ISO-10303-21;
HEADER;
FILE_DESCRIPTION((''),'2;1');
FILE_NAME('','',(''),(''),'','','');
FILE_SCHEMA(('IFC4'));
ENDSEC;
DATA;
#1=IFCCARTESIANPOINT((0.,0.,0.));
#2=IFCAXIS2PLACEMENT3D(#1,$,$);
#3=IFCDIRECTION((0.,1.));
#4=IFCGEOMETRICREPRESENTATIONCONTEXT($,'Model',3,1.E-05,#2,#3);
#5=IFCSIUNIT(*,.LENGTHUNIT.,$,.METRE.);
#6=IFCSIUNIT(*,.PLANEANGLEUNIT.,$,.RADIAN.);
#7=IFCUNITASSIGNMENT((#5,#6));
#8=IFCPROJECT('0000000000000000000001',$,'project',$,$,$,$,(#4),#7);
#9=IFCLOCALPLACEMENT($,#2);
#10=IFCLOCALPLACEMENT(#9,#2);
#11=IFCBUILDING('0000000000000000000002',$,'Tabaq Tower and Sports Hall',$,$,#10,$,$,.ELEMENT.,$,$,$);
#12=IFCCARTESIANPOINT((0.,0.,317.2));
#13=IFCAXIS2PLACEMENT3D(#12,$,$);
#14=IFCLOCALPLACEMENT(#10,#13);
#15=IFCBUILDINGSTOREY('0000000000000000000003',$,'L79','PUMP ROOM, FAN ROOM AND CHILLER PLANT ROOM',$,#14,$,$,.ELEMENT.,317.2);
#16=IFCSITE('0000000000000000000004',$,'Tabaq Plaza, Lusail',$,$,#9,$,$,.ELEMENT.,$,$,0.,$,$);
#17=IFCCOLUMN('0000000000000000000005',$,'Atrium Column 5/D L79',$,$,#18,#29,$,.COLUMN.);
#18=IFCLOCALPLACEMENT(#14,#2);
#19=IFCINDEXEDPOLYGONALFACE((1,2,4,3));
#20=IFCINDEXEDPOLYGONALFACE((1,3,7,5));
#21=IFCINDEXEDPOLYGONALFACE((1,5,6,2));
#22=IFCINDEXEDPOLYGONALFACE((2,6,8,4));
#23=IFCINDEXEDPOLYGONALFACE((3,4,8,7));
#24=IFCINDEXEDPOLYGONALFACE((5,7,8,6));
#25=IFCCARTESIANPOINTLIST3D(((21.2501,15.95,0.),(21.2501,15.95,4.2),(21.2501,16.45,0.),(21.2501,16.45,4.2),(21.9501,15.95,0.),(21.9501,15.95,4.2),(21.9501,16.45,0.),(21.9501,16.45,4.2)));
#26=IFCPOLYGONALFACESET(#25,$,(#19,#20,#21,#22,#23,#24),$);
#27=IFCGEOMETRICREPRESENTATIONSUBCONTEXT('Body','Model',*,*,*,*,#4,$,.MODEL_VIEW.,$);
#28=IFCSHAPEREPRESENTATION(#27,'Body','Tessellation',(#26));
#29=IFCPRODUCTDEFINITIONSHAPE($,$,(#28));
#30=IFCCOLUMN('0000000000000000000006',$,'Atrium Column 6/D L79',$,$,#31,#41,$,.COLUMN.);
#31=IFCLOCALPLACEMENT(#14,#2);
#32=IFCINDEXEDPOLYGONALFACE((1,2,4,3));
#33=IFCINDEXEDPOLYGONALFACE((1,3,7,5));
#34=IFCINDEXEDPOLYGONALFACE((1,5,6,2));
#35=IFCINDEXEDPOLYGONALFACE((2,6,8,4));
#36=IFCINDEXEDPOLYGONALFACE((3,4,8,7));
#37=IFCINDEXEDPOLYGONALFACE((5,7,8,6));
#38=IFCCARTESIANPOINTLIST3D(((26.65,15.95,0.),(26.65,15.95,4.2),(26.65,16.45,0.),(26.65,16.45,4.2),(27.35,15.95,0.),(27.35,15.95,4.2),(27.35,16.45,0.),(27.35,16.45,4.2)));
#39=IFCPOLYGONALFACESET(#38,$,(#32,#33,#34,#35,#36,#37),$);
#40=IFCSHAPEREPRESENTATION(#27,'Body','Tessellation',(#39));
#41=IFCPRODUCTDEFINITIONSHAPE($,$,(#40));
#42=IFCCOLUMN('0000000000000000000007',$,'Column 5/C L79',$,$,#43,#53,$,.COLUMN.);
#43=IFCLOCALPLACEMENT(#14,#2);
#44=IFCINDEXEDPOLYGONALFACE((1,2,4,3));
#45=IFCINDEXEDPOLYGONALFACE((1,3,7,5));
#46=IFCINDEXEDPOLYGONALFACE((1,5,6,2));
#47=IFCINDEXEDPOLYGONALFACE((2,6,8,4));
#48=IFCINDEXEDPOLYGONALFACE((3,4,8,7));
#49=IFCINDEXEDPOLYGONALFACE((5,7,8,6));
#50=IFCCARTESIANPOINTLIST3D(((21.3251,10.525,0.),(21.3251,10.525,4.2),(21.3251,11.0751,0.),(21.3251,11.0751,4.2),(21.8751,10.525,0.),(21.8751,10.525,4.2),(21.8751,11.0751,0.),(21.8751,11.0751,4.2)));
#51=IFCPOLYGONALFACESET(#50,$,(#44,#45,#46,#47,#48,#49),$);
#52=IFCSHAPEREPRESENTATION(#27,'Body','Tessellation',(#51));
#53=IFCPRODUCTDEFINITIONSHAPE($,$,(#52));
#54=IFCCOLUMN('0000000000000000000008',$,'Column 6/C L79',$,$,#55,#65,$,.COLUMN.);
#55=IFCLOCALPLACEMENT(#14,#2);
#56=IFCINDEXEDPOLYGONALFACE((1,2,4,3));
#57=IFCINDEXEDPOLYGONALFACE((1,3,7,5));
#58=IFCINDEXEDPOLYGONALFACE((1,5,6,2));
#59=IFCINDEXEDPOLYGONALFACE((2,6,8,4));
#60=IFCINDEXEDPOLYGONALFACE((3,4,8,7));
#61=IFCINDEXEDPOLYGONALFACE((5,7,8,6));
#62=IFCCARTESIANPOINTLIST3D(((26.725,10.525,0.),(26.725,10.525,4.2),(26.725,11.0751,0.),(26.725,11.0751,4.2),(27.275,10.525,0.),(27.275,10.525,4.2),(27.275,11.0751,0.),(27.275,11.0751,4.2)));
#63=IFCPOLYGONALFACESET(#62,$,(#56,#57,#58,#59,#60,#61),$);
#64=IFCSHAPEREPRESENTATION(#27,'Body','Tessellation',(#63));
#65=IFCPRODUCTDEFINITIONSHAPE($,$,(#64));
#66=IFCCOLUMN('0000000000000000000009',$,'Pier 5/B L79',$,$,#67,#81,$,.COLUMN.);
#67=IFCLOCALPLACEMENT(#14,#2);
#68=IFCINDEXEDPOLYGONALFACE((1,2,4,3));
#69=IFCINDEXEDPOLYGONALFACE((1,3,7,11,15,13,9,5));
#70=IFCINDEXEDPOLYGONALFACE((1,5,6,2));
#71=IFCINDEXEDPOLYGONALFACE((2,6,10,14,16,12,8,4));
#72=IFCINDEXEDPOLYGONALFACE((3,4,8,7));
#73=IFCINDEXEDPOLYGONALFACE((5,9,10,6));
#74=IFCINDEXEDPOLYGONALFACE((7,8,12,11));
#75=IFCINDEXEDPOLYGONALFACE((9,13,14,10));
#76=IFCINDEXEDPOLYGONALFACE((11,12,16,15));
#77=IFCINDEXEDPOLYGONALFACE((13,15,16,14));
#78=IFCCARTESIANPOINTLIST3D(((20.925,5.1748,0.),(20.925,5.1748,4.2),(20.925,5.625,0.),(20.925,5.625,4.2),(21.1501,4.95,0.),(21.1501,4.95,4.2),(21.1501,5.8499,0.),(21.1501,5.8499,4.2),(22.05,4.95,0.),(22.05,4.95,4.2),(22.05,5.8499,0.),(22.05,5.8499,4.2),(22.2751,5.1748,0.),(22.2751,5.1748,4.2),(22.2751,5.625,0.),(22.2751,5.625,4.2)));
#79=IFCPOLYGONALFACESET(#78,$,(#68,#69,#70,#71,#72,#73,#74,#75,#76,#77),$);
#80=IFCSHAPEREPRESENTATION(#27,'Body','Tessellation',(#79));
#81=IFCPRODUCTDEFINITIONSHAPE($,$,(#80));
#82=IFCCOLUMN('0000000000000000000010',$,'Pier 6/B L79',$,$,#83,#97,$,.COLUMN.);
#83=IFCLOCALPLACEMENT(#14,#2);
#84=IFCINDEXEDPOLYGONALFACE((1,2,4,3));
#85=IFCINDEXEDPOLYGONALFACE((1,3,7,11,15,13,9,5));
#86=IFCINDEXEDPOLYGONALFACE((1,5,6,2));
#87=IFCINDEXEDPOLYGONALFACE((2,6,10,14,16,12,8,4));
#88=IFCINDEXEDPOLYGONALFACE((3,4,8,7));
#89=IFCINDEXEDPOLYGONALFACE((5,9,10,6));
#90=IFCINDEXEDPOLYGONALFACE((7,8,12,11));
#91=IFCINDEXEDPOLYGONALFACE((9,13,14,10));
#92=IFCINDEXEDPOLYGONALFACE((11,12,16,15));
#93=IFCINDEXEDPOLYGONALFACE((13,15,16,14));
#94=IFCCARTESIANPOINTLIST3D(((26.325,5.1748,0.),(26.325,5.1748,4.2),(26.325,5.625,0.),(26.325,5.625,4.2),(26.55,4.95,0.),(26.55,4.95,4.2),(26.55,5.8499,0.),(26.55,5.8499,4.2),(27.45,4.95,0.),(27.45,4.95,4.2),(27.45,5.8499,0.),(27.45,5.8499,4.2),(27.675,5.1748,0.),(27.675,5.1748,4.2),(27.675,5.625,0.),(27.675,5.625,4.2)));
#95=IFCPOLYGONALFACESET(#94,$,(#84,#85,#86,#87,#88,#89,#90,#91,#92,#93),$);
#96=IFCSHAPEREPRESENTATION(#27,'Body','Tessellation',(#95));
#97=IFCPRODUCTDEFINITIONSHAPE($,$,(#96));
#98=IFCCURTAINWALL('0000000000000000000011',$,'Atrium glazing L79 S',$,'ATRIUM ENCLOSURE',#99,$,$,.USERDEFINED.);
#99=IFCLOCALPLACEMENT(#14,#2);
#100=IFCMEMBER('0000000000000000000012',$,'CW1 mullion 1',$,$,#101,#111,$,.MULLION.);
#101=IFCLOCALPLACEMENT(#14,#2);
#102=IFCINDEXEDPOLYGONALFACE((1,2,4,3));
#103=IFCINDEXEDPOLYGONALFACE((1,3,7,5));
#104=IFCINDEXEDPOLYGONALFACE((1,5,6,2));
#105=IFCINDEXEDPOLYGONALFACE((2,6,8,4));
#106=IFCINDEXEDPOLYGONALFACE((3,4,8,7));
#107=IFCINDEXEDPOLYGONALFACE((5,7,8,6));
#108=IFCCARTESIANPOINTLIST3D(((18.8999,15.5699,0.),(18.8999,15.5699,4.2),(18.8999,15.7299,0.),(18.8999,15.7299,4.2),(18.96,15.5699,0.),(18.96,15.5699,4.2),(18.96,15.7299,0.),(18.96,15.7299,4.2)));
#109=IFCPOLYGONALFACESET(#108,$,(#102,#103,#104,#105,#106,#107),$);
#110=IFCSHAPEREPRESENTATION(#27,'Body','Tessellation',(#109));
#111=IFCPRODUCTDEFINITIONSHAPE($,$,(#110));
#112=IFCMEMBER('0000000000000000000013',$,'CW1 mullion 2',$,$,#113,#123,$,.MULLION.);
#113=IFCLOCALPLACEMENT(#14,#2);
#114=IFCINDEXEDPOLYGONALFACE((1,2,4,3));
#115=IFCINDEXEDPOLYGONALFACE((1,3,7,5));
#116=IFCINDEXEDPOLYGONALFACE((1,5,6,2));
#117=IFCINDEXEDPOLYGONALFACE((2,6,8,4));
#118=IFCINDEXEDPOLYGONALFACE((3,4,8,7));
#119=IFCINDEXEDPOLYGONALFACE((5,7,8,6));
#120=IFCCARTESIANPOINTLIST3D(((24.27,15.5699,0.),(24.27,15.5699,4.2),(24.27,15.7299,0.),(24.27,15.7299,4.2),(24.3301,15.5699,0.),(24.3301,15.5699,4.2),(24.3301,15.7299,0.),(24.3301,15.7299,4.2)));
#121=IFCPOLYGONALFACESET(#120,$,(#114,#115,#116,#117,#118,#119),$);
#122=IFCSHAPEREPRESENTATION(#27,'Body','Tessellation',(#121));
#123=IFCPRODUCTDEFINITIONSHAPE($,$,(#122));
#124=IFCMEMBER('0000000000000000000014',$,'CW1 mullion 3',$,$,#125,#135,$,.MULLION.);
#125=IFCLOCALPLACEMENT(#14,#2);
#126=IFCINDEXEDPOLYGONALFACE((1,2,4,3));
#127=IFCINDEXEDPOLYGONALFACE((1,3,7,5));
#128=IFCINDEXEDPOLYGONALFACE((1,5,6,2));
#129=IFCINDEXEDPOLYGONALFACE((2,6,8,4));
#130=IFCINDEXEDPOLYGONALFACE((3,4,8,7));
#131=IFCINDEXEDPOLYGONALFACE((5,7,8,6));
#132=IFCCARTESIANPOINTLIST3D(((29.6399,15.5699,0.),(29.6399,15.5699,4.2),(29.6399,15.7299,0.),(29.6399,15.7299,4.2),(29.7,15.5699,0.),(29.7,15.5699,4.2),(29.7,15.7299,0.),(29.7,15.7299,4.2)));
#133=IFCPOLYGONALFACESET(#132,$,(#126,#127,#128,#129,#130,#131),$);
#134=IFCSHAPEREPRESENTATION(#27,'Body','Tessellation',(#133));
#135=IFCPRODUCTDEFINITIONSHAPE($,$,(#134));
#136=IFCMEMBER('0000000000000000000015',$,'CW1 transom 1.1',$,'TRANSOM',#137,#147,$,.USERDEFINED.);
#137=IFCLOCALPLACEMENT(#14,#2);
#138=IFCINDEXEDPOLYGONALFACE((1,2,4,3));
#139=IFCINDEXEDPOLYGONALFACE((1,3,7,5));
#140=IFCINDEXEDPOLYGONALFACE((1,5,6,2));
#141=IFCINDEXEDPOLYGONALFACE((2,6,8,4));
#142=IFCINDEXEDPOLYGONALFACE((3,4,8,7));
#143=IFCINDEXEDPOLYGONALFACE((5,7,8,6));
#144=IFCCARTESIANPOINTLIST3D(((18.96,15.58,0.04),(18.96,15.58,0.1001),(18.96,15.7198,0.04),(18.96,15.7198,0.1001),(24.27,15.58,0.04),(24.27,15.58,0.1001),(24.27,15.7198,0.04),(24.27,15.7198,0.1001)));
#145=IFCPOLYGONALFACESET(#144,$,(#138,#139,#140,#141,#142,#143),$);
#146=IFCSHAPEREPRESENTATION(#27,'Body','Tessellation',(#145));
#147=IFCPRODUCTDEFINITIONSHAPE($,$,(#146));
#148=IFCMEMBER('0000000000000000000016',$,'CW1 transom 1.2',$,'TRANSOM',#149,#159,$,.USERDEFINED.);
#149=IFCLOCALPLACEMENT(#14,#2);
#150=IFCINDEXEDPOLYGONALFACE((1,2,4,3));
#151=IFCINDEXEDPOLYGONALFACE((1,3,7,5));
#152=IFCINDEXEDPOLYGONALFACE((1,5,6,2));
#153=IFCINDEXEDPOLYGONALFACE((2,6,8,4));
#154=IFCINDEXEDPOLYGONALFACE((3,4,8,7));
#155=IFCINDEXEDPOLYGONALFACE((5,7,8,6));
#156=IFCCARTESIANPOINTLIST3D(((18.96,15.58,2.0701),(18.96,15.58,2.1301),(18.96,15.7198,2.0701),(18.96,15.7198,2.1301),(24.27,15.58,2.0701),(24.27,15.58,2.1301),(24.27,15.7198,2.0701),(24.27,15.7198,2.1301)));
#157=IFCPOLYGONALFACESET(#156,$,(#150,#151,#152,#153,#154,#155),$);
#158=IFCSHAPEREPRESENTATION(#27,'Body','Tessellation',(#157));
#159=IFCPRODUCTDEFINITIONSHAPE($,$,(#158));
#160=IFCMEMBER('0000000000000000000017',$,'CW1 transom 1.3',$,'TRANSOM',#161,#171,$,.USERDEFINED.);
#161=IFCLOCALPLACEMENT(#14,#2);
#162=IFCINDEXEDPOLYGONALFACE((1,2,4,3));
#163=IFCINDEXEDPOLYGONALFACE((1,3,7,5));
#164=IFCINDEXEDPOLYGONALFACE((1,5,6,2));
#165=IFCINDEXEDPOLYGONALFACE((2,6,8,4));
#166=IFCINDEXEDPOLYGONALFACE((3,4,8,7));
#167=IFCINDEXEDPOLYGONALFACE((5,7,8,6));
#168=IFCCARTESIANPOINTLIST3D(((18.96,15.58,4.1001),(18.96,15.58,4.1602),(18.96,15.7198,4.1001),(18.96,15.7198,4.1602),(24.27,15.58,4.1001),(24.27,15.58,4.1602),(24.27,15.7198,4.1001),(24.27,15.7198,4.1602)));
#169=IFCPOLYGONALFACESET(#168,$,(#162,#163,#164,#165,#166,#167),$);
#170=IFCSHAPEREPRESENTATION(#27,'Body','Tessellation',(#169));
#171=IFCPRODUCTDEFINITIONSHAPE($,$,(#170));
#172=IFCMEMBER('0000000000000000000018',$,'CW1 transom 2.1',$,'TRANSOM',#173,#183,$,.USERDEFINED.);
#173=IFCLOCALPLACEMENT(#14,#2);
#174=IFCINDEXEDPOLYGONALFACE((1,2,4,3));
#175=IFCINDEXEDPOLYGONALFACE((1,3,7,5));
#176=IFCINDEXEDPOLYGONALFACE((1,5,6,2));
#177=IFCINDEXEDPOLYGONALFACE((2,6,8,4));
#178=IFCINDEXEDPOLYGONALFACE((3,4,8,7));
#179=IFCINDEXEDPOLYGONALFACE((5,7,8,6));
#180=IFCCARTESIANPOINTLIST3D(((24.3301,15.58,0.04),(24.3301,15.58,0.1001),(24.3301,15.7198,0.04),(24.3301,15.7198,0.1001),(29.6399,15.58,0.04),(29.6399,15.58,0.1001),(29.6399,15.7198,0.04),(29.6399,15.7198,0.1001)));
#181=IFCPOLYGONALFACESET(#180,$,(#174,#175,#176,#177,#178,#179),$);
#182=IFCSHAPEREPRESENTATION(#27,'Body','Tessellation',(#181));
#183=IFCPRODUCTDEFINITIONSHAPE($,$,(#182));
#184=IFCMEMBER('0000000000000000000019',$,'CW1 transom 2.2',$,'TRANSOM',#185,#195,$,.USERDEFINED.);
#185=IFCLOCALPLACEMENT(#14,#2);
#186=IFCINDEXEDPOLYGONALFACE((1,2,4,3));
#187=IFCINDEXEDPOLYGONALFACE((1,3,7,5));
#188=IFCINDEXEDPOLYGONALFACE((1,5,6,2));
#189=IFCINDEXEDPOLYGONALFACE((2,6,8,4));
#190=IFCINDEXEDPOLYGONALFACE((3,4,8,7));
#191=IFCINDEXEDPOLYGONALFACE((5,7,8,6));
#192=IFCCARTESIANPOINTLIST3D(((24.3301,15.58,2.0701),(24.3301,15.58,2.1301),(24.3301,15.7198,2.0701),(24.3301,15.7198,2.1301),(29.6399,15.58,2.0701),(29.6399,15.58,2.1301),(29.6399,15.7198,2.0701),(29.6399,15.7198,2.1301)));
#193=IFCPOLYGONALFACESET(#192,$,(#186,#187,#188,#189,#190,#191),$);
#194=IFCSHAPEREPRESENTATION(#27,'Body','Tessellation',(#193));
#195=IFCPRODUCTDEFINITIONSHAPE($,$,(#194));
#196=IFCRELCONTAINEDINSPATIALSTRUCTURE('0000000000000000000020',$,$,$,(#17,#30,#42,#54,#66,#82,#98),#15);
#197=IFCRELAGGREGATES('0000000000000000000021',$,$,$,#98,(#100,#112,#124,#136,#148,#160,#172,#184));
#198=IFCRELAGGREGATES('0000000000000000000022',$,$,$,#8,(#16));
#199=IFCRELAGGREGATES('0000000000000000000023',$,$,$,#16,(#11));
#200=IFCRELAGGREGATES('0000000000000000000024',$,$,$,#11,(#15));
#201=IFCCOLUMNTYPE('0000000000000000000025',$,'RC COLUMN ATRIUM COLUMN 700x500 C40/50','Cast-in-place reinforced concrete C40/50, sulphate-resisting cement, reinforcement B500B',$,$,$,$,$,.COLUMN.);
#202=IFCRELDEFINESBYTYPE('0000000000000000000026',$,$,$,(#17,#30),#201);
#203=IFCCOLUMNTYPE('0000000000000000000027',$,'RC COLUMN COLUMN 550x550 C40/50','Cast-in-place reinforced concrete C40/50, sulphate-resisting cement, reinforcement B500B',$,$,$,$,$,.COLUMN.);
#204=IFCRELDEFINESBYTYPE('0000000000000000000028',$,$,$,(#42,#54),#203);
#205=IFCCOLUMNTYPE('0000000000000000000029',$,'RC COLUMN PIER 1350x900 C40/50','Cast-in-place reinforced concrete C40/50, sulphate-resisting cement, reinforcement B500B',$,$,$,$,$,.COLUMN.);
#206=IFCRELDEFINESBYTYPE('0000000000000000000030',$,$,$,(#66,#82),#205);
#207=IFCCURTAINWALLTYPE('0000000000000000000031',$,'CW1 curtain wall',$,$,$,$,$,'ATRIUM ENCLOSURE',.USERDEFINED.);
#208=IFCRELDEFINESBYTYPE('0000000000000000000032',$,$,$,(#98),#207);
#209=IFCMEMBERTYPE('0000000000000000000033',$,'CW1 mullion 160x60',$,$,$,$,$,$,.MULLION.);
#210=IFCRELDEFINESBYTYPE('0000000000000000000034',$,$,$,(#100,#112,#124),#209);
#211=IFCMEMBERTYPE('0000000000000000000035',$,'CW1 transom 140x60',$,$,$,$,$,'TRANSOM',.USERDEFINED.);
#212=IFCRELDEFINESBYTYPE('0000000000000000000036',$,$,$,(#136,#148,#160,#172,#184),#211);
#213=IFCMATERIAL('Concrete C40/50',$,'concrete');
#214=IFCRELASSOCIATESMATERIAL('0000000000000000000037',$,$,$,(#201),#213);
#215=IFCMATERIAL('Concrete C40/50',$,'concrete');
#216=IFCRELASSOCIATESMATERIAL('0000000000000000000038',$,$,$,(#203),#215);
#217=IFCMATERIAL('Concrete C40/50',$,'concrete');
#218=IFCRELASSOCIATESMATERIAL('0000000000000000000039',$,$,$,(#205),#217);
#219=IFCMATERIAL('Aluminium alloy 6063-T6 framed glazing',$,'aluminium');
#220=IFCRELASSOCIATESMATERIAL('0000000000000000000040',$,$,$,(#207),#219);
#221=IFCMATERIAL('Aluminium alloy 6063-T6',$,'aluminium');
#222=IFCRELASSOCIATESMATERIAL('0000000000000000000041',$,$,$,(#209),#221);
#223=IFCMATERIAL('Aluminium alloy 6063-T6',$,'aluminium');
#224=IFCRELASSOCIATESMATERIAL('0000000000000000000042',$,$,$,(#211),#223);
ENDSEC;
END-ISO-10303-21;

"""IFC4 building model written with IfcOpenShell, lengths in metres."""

from ifc_helpers import new_model, si_unit, direction, frame, origin, origin_2d, place, context, subcontext, project, spatial, polyline, rectangle, outline, extrude, material, material_profile, profile_set, type_object, element, aggregate, save


model = new_model("IFC4")

# Units and contexts
model_context = context("Model", 3, precision=1e-05, world=origin(), true_north=direction((0.0, 1.0)))
body_context = subcontext(model_context, "Body", "Model", "MODEL_VIEW")
ifc_project = project(units=[si_unit("LENGTHUNIT", "METRE"), si_unit("PLANEANGLEUNIT", "RADIAN")], contexts=[model_context])

# Site, building, storey
site_placement = place(None, origin())
site = spatial("IfcSite", under=ifc_project, at=site_placement, Name="Tabaq Plaza, Lusail", CompositionType="ELEMENT", RefElevation=0.0)
building_placement = place(site_placement, origin())
building = spatial("IfcBuilding", under=site, at=building_placement, Name="Tabaq Tower and Sports Hall", CompositionType="ELEMENT")
storey_placement = place(building_placement, frame((0.0, 0.0, 317.2)))
storey = spatial("IfcBuildingStorey", under=building, at=storey_placement, Name="L79", Description="PUMP ROOM, FAN ROOM AND CHILLER PLANT ROOM", CompositionType="ELEMENT", Elevation=317.2)

# Columns
ifc_material_1 = material(Name="Concrete C40/50", Category="concrete")
ifc_material_profile_1 = material_profile(ifc_material_1, rectangle(XDim=0.7, YDim=0.5, at=origin_2d()), Name="ATRIUM COLUMN 700x500")
ifc_profile_set_1 = profile_set([ifc_material_profile_1], Name="Concrete C40/50")
column_type_1 = type_object("IfcColumnType", Name="RC COLUMN ATRIUM COLUMN 700x500 C40/50", Description="Cast-in-place reinforced concrete C40/50, sulphate-resisting cement, reinforcement B500B", PredefinedType="COLUMN", material=ifc_profile_set_1)
for number, where, z_axis, x_axis, name in (
    (1, (21.6001, 16.2, 0.0), (0.0, 0.0, 1.0), (1.0, 0.0, 0.0), "Atrium Column 5/D L79"),
    (2, (27.0, 16.2, 0.0), (0.0, 0.0, 1.0), (1.0, 0.0, 0.0), "Atrium Column 6/D L79"),
):
    element("IfcColumn", number, at=place(storey_placement, frame(where, z_axis=z_axis, x_axis=x_axis)), inside=storey, type_object=column_type_1, Name=name, PredefinedType="COLUMN", context=body_context, shape_type="SweptSolid", body=[
        extrude(rectangle(XDim=0.7, YDim=0.5, at=origin_2d()), origin(), (0.0, 0.0, 1.0), 4.2),
    ])
ifc_material_2 = material(Name="Concrete C40/50", Category="concrete")
ifc_material_profile_2 = material_profile(ifc_material_2, rectangle(XDim=0.55, YDim=0.55, at=origin_2d()), Name="COLUMN 550x550")
ifc_profile_set_2 = profile_set([ifc_material_profile_2], Name="Concrete C40/50")
column_type_2 = type_object("IfcColumnType", Name="RC COLUMN COLUMN 550x550 C40/50", Description="Cast-in-place reinforced concrete C40/50, sulphate-resisting cement, reinforcement B500B", PredefinedType="COLUMN", material=ifc_profile_set_2)
for number, where, z_axis, x_axis, name in (
    (3, (21.6001, 10.8, 0.0), (0.0, 0.0, 1.0), (1.0, 0.0, 0.0), "Column 5/C L79"),
    (4, (27.0, 10.8, 0.0), (0.0, 0.0, 1.0), (1.0, 0.0, 0.0), "Column 6/C L79"),
):
    element("IfcColumn", number, at=place(storey_placement, frame(where, z_axis=z_axis, x_axis=x_axis)), inside=storey, type_object=column_type_2, Name=name, PredefinedType="COLUMN", context=body_context, shape_type="SweptSolid", body=[
        extrude(rectangle(XDim=0.55, YDim=0.55, at=origin_2d()), origin(), (0.0, 0.0, 1.0), 4.2),
    ])
ifc_material_3 = material(Name="Concrete C40/50", Category="concrete")
ifc_material_profile_3 = material_profile(ifc_material_3, outline(polyline([(-0.45, -0.45), (0.45, -0.45), (0.675, -0.2251), (0.675, 0.2251), (0.45, 0.45), (-0.45, 0.45), (-0.675, 0.2251), (-0.675, -0.2251), (-0.45, -0.45)])), Name="PIER 1350x900")
ifc_profile_set_3 = profile_set([ifc_material_profile_3], Name="Concrete C40/50")
column_type_3 = type_object("IfcColumnType", Name="RC COLUMN PIER 1350x900 C40/50", Description="Cast-in-place reinforced concrete C40/50, sulphate-resisting cement, reinforcement B500B", PredefinedType="COLUMN", material=ifc_profile_set_3)
for number, where, z_axis, x_axis, name in (
    (5, (21.6001, 5.3999, 0.0), (0.0, 0.0, 1.0), (1.0, 0.0, 0.0), "Pier 5/B L79"),
    (6, (27.0, 5.3999, 0.0), (0.0, 0.0, 1.0), (1.0, 0.0, 0.0), "Pier 6/B L79"),
):
    element("IfcColumn", number, at=place(storey_placement, frame(where, z_axis=z_axis, x_axis=x_axis)), inside=storey, type_object=column_type_3, Name=name, PredefinedType="COLUMN", context=body_context, shape_type="SweptSolid", body=[
        extrude(outline(polyline([(-0.45, -0.45), (0.45, -0.45), (0.675, -0.2251), (0.675, 0.2251), (0.45, 0.45), (-0.45, 0.45), (-0.675, 0.2251), (-0.675, -0.2251), (-0.45, -0.45)])), origin(), (0.0, 0.0, 1.0), 4.2),
    ])

# Curtain wall, members
ifc_material_4 = material(Name="Aluminium alloy 6063-T6 framed glazing", Category="aluminium")
curtain_wall_type = type_object("IfcCurtainWallType", Name="CW1 curtain wall", ElementType="ATRIUM ENCLOSURE", PredefinedType="USERDEFINED", material=ifc_material_4)
curtain_wall_placement = place(storey_placement, origin())
curtain_wall = element("IfcCurtainWall", 7, at=curtain_wall_placement, inside=storey, type_object=curtain_wall_type, Name="Atrium glazing L79 S", ObjectType="ATRIUM ENCLOSURE", PredefinedType="USERDEFINED")
ifc_material_5 = material(Name="Aluminium alloy 6063-T6", Category="aluminium")
ifc_material_profile_4 = material_profile(ifc_material_5, rectangle(XDim=0.1599, YDim=0.0601, at=origin_2d()), Name="MULLION 160x60")
ifc_profile_set_4 = profile_set([ifc_material_profile_4], Name="Aluminium alloy 6063-T6")
member_type_1 = type_object("IfcMemberType", Name="CW1 mullion 160x60", PredefinedType="MULLION", material=ifc_profile_set_4)
member_1_placement = place(storey_placement, frame((18.9299, 15.6499, 0.0), z_axis=(0.0, 0.0, 1.0), x_axis=(0.0, 1.0, 0.0)))
member_1 = element("IfcMember", 8, at=member_1_placement, type_object=member_type_1, Name="CW1 mullion 1", PredefinedType="MULLION", context=body_context, shape_type="SweptSolid", body=[
    extrude(rectangle(XDim=0.1599, YDim=0.0601, at=origin_2d()), origin(), (0.0, 0.0, 1.0), 4.2),
])
member_2_placement = place(storey_placement, frame((24.3, 15.6499, 0.0), z_axis=(0.0, 0.0, 1.0), x_axis=(0.0, 1.0, 0.0)))
member_2 = element("IfcMember", 9, at=member_2_placement, type_object=member_type_1, Name="CW1 mullion 2", PredefinedType="MULLION", context=body_context, shape_type="SweptSolid", body=[
    extrude(rectangle(XDim=0.1599, YDim=0.0601, at=origin_2d()), origin(), (0.0, 0.0, 1.0), 4.2),
])
member_3_placement = place(storey_placement, frame((29.6699, 15.6499, 0.0), z_axis=(0.0, 0.0, 1.0), x_axis=(0.0, 1.0, 0.0)))
member_3 = element("IfcMember", 10, at=member_3_placement, type_object=member_type_1, Name="CW1 mullion 3", PredefinedType="MULLION", context=body_context, shape_type="SweptSolid", body=[
    extrude(rectangle(XDim=0.1599, YDim=0.0601, at=origin_2d()), origin(), (0.0, 0.0, 1.0), 4.2),
])
ifc_material_6 = material(Name="Aluminium alloy 6063-T6", Category="aluminium")
ifc_material_profile_5 = material_profile(ifc_material_6, rectangle(XDim=0.1399, YDim=0.0601, at=origin_2d()), Name="TRANSOM 140x60")
ifc_profile_set_5 = profile_set([ifc_material_profile_5], Name="Aluminium alloy 6063-T6")
member_type_2 = type_object("IfcMemberType", Name="CW1 transom 140x60", ElementType="TRANSOM", PredefinedType="USERDEFINED", material=ifc_profile_set_5)
member_4_placement = place(storey_placement, frame((18.96, 15.6499, 0.0701), z_axis=(1.0, 0.0, 0.0), x_axis=(0.0, 1.0, 0.0)))
member_4 = element("IfcMember", 11, at=member_4_placement, type_object=member_type_2, Name="CW1 transom 1.1", ObjectType="TRANSOM", PredefinedType="USERDEFINED", context=body_context, shape_type="SweptSolid", body=[
    extrude(rectangle(XDim=0.1399, YDim=0.0601, at=origin_2d()), origin(), (0.0, 0.0, 1.0), 5.3101),
])
member_5_placement = place(storey_placement, frame((18.96, 15.6499, 2.1001), z_axis=(1.0, 0.0, 0.0), x_axis=(0.0, 1.0, 0.0)))
member_5 = element("IfcMember", 12, at=member_5_placement, type_object=member_type_2, Name="CW1 transom 1.2", ObjectType="TRANSOM", PredefinedType="USERDEFINED", context=body_context, shape_type="SweptSolid", body=[
    extrude(rectangle(XDim=0.1399, YDim=0.0601, at=origin_2d()), origin(), (0.0, 0.0, 1.0), 5.3101),
])
member_6_placement = place(storey_placement, frame((18.96, 15.6499, 4.1301), z_axis=(1.0, 0.0, 0.0), x_axis=(0.0, 1.0, 0.0)))
member_6 = element("IfcMember", 13, at=member_6_placement, type_object=member_type_2, Name="CW1 transom 1.3", ObjectType="TRANSOM", PredefinedType="USERDEFINED", context=body_context, shape_type="SweptSolid", body=[
    extrude(rectangle(XDim=0.1399, YDim=0.0601, at=origin_2d()), origin(), (0.0, 0.0, 1.0), 5.3101),
])
member_7_placement = place(storey_placement, frame((24.3301, 15.6499, 0.0701), z_axis=(1.0, 0.0, 0.0), x_axis=(0.0, 1.0, 0.0)))
member_7 = element("IfcMember", 14, at=member_7_placement, type_object=member_type_2, Name="CW1 transom 2.1", ObjectType="TRANSOM", PredefinedType="USERDEFINED", context=body_context, shape_type="SweptSolid", body=[
    extrude(rectangle(XDim=0.1399, YDim=0.0601, at=origin_2d()), origin(), (0.0, 0.0, 1.0), 5.3098),
])
member_8_placement = place(storey_placement, frame((24.3301, 15.6499, 2.1001), z_axis=(1.0, 0.0, 0.0), x_axis=(0.0, 1.0, 0.0)))
member_8 = element("IfcMember", 15, at=member_8_placement, type_object=member_type_2, Name="CW1 transom 2.2", ObjectType="TRANSOM", PredefinedType="USERDEFINED", context=body_context, shape_type="SweptSolid", body=[
    extrude(rectangle(XDim=0.1399, YDim=0.0601, at=origin_2d()), origin(), (0.0, 0.0, 1.0), 5.3098),
])
aggregate(curtain_wall, [member_1, member_2, member_3, member_4, member_5, member_6, member_7, member_8])

save(model, "model.ifc")
